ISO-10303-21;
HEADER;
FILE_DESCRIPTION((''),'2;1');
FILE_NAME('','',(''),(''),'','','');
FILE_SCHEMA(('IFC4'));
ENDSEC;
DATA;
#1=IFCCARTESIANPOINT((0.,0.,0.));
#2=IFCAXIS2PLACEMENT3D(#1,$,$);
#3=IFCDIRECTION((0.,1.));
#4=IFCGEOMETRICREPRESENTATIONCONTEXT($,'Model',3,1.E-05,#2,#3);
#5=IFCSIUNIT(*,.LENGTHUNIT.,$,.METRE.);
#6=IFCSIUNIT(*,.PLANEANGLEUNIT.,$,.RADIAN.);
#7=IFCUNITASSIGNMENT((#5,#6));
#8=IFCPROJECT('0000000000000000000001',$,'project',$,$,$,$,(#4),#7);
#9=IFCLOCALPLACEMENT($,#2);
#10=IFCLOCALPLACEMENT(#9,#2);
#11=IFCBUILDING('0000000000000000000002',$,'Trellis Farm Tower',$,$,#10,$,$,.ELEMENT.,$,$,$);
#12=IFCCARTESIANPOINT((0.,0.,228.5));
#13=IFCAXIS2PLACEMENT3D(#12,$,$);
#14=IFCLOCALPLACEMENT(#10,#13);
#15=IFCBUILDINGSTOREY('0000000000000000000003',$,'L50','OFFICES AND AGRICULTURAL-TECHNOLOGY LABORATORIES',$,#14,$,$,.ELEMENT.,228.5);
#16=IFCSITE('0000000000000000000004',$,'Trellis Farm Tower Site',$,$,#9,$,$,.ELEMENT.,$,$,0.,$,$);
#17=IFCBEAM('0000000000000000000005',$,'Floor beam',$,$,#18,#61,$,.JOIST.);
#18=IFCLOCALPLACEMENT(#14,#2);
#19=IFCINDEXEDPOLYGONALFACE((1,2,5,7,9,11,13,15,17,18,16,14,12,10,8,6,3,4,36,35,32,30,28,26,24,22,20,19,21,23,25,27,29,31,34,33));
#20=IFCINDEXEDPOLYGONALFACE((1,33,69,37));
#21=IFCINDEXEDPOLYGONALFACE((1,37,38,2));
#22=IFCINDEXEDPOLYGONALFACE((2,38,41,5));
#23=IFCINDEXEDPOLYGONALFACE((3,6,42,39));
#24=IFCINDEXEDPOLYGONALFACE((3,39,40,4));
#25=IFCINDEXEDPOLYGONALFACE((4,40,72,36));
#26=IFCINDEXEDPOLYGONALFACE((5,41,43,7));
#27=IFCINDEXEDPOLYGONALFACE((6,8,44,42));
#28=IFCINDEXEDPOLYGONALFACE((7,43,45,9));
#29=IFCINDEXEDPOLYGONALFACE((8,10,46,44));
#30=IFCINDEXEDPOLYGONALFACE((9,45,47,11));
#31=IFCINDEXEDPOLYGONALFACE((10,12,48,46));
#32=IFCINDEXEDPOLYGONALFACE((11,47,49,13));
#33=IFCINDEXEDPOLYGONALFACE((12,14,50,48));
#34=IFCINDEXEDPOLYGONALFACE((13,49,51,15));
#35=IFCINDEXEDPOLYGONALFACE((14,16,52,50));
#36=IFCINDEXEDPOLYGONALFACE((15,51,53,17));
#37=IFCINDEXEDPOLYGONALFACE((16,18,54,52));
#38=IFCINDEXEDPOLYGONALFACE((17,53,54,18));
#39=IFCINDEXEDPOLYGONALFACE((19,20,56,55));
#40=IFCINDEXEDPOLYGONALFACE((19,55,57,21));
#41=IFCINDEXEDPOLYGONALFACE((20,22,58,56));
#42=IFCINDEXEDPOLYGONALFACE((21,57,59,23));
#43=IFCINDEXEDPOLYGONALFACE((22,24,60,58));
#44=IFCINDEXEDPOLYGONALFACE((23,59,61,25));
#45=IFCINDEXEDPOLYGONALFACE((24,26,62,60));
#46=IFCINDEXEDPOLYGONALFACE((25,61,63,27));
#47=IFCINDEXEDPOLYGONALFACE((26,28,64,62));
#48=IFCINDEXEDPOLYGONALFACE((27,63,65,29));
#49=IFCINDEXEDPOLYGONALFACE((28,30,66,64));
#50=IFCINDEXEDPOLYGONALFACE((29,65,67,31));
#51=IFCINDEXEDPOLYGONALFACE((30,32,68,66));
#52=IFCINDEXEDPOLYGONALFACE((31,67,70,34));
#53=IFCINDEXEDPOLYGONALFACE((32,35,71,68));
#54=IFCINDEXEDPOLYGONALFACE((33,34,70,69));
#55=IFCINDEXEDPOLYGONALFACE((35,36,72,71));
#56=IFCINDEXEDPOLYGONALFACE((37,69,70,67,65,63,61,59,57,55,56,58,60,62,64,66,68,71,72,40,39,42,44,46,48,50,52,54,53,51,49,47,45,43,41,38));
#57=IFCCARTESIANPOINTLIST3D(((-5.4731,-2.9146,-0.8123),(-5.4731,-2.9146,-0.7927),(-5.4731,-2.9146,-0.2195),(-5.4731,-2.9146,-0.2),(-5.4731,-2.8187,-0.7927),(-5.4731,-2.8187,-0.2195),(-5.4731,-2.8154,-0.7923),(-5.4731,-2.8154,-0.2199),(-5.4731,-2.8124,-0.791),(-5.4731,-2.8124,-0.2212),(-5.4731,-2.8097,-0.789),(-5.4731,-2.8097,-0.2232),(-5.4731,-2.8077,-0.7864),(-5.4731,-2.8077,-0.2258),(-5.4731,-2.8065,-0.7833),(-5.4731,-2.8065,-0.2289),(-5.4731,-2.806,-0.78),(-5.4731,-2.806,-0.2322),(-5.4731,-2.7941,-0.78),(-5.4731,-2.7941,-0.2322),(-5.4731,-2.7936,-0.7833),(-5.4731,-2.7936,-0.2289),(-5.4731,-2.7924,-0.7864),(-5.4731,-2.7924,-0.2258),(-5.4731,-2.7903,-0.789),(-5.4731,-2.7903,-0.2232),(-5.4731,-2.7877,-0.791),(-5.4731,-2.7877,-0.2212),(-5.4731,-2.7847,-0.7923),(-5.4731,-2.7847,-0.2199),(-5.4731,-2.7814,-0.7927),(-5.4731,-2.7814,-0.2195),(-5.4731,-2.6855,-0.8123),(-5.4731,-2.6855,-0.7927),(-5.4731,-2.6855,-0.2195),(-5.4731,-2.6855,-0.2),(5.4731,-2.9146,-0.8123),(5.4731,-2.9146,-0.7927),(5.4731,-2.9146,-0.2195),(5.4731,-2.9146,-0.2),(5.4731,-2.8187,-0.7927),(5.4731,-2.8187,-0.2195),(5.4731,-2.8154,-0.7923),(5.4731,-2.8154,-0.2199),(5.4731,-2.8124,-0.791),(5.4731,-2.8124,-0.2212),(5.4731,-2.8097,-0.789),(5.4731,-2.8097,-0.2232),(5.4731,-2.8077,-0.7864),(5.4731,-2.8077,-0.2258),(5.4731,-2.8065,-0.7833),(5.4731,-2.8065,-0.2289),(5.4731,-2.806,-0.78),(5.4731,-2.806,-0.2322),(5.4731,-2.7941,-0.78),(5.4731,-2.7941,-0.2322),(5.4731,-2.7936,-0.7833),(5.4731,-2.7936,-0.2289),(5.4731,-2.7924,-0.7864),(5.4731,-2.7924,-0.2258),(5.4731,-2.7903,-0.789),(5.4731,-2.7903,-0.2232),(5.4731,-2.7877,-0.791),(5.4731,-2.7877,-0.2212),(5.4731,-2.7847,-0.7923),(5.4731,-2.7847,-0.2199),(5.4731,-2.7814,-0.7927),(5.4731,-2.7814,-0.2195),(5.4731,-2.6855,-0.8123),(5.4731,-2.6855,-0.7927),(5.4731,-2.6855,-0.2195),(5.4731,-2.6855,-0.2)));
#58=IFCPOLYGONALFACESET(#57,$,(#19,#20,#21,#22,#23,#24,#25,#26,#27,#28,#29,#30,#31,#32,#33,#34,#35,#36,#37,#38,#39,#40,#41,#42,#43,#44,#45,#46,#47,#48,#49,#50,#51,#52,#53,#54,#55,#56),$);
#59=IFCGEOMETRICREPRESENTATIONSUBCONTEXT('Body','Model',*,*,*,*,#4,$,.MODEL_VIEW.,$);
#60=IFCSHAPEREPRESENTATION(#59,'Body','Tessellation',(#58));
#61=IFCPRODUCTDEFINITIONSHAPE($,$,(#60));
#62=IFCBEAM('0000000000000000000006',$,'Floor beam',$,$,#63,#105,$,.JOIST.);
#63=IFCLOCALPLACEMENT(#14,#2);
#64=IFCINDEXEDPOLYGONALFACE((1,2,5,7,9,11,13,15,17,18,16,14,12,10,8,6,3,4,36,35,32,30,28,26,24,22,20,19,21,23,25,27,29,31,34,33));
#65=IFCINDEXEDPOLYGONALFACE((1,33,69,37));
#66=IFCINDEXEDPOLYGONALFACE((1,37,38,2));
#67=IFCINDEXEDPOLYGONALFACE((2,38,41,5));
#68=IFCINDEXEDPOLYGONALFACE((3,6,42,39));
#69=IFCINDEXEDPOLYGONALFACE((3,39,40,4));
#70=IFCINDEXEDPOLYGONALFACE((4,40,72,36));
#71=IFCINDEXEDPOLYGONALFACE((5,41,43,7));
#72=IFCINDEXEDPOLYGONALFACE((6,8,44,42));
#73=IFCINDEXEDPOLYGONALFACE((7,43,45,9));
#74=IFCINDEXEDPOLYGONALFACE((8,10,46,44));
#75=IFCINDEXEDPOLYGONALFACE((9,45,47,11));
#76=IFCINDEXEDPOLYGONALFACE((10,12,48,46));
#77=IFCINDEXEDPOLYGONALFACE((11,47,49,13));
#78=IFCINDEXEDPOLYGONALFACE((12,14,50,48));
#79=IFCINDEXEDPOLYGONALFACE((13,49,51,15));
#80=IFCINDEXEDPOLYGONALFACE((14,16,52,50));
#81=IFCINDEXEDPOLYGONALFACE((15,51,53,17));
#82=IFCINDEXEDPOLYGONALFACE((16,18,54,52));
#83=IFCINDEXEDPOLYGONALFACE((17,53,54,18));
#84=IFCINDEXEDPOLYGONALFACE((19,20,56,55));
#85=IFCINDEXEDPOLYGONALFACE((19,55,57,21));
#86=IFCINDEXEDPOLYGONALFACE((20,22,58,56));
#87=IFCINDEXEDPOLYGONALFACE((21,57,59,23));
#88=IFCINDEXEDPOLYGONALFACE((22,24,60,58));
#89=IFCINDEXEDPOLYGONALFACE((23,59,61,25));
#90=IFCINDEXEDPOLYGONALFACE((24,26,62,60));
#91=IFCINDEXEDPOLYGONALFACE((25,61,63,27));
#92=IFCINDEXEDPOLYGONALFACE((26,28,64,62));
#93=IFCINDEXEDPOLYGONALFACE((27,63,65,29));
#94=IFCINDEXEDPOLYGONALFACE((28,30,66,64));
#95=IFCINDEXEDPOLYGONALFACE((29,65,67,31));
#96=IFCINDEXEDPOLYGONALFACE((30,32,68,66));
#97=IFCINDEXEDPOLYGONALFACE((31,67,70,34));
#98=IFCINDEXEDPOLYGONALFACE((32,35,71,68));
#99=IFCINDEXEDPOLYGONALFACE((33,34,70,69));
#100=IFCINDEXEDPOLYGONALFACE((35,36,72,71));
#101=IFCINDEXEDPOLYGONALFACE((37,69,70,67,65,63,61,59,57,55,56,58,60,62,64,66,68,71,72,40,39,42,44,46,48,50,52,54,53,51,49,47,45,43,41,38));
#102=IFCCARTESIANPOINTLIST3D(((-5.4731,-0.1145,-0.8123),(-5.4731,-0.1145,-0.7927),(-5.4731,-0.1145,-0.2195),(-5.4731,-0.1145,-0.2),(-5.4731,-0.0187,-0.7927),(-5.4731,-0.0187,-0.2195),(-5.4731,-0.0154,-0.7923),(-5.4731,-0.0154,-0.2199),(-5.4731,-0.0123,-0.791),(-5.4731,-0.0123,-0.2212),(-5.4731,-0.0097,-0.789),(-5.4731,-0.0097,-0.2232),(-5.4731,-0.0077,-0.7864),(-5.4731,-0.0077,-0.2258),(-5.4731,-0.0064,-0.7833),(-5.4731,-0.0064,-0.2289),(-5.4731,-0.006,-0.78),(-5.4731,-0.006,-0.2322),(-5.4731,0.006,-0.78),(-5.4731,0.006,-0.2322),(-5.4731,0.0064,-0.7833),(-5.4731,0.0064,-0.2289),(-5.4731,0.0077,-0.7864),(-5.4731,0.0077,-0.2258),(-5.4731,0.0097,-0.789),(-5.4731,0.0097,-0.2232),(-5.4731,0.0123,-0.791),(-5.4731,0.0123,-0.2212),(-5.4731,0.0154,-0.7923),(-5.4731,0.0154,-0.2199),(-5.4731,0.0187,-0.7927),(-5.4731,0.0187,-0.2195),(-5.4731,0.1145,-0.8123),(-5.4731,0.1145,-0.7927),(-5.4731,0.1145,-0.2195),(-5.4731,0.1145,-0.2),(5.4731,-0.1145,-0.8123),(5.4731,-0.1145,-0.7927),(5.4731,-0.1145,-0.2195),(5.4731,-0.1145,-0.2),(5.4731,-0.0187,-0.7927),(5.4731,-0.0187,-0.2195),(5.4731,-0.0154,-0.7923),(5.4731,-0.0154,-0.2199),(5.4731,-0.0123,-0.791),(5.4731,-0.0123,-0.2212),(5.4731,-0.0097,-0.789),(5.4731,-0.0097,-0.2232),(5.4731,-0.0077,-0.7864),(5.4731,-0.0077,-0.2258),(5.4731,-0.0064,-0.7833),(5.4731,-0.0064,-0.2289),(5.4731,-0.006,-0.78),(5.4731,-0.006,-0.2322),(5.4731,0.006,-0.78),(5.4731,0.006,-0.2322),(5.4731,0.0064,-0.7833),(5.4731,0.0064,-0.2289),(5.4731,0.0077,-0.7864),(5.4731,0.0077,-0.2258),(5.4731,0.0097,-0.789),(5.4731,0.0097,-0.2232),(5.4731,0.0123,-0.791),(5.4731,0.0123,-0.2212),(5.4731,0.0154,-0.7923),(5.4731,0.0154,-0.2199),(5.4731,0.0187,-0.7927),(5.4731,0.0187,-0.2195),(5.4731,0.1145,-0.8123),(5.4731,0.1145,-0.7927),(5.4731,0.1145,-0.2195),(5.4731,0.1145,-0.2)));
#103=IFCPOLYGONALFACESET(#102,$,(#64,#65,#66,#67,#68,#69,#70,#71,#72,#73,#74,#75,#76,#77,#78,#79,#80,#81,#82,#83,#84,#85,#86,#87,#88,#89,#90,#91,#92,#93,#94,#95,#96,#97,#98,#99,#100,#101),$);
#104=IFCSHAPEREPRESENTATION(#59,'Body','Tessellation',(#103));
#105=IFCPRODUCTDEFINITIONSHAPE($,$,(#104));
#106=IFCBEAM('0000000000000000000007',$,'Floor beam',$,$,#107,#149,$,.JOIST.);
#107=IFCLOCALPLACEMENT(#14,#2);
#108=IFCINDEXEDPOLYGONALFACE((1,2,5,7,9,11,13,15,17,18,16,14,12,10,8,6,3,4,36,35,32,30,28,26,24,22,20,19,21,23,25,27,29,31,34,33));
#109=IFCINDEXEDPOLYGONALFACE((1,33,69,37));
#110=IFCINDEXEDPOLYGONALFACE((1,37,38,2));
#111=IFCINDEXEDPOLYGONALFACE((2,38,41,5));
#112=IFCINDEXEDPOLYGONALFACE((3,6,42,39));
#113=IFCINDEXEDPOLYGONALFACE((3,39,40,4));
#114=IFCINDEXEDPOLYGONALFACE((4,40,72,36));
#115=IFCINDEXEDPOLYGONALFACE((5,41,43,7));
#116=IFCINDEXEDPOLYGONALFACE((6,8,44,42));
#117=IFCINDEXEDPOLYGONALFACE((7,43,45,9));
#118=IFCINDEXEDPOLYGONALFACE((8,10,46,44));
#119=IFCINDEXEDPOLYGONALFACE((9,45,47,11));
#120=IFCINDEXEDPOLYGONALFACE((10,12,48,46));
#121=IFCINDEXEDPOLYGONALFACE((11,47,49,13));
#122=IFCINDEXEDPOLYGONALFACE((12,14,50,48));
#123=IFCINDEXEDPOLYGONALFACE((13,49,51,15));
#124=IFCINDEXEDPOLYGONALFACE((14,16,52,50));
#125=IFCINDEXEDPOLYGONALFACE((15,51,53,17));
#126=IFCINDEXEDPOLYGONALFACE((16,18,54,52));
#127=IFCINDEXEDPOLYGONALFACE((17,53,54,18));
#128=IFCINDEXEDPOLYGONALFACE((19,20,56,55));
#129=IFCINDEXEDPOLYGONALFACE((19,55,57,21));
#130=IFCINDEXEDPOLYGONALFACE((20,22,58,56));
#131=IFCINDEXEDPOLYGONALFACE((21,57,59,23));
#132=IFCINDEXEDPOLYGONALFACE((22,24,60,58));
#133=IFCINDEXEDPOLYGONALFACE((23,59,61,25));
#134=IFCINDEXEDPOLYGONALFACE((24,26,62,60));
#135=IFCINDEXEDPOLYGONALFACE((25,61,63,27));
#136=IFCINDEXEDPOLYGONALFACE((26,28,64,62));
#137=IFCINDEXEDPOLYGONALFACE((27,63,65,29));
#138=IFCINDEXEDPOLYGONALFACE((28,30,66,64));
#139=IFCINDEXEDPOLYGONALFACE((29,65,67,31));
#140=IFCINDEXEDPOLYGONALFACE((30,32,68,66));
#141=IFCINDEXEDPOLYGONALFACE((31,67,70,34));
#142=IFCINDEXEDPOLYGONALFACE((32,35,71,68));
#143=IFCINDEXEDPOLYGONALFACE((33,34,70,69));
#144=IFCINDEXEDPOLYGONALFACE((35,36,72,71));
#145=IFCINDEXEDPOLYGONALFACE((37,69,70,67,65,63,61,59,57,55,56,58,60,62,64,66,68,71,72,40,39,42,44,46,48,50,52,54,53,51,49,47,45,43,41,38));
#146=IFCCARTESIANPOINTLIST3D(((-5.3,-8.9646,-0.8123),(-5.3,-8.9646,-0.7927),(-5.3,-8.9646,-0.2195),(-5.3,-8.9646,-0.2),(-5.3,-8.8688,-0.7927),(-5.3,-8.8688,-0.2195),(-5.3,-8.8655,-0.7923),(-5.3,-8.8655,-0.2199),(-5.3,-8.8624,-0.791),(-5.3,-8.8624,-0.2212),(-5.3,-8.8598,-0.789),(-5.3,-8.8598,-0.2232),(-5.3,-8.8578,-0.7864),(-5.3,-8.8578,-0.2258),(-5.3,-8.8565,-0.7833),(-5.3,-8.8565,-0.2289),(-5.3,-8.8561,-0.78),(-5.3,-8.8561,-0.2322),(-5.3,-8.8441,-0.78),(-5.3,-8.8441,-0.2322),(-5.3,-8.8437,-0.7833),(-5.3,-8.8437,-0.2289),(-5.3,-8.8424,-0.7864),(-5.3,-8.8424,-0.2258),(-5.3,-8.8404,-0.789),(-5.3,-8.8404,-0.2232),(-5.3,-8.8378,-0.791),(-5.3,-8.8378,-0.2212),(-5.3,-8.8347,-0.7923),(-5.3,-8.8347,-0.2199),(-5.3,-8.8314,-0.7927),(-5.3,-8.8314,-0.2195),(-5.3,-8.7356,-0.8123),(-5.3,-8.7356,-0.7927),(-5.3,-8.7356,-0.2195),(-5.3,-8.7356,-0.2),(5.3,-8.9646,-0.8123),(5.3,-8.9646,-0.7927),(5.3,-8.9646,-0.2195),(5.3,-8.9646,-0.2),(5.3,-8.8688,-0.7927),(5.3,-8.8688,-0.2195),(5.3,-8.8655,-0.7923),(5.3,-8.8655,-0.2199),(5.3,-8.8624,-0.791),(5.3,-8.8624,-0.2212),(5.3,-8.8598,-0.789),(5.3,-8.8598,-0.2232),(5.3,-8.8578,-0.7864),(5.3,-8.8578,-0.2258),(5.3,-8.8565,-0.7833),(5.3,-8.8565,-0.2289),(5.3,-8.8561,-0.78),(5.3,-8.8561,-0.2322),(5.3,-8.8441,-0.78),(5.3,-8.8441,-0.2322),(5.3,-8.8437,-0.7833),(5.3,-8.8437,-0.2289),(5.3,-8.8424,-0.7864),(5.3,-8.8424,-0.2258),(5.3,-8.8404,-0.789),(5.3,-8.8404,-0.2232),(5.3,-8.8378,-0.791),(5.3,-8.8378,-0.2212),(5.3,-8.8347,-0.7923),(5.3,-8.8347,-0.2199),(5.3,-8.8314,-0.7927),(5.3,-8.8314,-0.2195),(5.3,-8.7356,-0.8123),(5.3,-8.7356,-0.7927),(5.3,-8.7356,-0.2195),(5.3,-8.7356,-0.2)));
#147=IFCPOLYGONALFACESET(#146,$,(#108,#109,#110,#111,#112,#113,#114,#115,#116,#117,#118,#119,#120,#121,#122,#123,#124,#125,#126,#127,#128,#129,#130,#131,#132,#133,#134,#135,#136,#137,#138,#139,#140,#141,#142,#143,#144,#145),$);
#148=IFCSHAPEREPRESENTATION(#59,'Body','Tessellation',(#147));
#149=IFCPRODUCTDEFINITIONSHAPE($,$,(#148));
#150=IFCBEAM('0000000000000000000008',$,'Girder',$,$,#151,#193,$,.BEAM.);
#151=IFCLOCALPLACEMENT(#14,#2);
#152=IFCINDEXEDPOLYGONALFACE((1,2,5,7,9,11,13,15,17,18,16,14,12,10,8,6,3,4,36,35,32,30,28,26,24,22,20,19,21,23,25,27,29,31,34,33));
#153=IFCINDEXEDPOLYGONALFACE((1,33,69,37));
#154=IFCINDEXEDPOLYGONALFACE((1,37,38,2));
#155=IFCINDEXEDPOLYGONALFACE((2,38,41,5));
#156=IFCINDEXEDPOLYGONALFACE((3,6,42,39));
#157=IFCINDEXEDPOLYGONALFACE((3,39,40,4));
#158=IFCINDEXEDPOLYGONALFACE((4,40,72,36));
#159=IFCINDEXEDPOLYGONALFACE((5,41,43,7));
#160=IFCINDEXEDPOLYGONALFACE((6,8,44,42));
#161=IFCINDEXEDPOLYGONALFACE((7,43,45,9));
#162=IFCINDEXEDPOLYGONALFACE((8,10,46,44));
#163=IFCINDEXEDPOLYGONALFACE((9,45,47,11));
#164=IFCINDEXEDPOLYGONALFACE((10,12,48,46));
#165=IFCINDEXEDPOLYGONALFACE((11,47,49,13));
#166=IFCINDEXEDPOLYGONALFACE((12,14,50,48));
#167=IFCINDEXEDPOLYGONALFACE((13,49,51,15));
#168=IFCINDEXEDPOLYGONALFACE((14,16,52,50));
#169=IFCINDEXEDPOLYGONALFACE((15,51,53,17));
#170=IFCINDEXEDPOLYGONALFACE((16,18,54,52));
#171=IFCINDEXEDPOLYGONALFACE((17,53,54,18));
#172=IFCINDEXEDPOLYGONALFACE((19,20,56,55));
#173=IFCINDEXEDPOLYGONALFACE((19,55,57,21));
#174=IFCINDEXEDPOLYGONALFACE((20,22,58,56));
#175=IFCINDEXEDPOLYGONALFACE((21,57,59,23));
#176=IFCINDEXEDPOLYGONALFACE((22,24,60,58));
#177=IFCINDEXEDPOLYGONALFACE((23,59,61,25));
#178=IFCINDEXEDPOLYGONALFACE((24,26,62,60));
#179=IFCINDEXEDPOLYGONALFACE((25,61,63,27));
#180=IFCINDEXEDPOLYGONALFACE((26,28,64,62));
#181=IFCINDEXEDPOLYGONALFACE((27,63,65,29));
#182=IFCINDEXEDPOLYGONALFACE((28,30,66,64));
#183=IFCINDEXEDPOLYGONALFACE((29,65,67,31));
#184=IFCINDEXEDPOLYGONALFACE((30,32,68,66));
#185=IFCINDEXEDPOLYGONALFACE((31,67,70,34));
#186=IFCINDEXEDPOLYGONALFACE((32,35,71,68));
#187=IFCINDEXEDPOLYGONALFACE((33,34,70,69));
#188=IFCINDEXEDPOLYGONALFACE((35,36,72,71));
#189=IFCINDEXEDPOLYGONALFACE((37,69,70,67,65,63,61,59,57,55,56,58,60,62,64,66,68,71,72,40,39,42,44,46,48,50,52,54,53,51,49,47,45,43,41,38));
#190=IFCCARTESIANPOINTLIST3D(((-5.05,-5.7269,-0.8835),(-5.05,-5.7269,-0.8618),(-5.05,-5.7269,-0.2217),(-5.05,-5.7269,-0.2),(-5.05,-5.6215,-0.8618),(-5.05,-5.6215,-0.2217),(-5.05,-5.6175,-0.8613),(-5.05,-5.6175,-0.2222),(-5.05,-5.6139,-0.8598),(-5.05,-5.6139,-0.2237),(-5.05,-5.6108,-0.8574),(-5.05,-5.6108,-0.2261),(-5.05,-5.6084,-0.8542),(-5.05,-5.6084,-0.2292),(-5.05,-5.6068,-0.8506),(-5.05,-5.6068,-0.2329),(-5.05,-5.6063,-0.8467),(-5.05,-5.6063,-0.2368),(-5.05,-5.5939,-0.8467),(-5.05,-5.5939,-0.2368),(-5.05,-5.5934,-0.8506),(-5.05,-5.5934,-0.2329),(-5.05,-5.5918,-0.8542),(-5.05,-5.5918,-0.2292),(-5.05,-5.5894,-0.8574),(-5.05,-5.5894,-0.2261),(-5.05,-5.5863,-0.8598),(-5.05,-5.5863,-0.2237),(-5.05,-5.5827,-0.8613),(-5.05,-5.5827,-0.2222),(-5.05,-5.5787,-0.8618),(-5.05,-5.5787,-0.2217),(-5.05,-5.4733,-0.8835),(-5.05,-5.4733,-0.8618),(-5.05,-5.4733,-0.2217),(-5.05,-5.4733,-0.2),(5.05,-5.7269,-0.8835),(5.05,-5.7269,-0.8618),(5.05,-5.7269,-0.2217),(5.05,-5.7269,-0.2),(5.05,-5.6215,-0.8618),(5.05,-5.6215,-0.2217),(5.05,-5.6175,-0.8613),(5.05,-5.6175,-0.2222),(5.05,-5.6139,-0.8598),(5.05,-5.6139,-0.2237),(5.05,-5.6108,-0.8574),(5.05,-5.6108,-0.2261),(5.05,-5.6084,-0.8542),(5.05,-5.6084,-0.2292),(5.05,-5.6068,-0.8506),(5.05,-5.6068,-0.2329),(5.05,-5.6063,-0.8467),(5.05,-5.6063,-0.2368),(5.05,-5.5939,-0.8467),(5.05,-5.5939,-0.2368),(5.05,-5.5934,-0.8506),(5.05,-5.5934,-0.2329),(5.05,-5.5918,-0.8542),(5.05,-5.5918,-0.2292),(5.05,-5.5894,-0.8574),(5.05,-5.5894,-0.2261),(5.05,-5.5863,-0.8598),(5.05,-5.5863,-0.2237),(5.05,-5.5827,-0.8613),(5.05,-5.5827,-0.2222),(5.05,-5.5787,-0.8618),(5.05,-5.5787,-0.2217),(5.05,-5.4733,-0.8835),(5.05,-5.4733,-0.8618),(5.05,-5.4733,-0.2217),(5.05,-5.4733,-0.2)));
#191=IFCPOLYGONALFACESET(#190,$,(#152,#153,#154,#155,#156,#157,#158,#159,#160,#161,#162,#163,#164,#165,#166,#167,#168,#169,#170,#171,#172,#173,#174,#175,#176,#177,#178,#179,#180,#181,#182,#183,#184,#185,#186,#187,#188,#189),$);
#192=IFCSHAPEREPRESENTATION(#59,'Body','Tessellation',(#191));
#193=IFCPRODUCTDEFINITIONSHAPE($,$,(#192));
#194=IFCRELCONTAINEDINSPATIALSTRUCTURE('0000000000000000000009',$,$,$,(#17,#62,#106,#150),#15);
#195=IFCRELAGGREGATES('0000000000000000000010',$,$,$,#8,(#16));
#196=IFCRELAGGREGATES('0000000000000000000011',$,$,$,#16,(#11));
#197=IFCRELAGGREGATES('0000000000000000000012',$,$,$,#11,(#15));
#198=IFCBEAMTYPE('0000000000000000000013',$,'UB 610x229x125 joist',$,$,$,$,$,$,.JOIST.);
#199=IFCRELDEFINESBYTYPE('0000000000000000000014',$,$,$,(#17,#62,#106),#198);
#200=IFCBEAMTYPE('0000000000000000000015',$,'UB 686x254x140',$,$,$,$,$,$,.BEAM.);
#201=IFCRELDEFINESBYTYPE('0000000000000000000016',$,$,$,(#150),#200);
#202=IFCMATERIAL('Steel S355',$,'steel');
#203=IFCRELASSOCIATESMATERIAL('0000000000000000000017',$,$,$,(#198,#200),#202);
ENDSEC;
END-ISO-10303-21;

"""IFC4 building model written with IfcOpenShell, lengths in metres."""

from ifc_helpers import new_model, si_unit, direction, frame, origin, origin_2d, place, context, subcontext, project, spatial, i_section, extrude, source, transform, mapped, material, material_profile, profile_set, type_object, element, save


model = new_model("IFC4")

# Units and contexts
model_context = context("Model", 3, precision=1e-05, world=origin(), true_north=direction((0.0, 1.0)))
body_context = subcontext(model_context, "Body", "Model", "MODEL_VIEW")
ifc_project = project(units=[si_unit("LENGTHUNIT", "METRE"), si_unit("PLANEANGLEUNIT", "RADIAN")], contexts=[model_context])

# Site, building, storey
site_placement = place(None, origin())
site = spatial("IfcSite", under=ifc_project, at=site_placement, Name="Trellis Farm Tower Site", CompositionType="ELEMENT", RefElevation=0.0)
building_placement = place(site_placement, origin())
building = spatial("IfcBuilding", under=site, at=building_placement, Name="Trellis Farm Tower", CompositionType="ELEMENT")
storey_placement = place(building_placement, frame((0.0, 0.0, 228.5)))
storey = spatial("IfcBuildingStorey", under=building, at=storey_placement, Name="L50", Description="OFFICES AND AGRICULTURAL-TECHNOLOGY LABORATORIES", CompositionType="ELEMENT", Elevation=228.5)

# Beams
ifc_material_1 = material(Name="Steel S355", Category="steel")
ifc_material_profile_1 = material_profile(ifc_material_1, i_section(OverallWidth=0.229, OverallDepth=0.6123, WebThickness=0.012, FlangeThickness=0.0195, FilletRadius=0.0127, at=origin_2d()), Name="UB 610x229x125")
ifc_profile_set_1 = profile_set([ifc_material_profile_1], Name="Steel S355")
beam_type_1 = type_object("IfcBeamType", Name="UB 610x229x125 joist", PredefinedType="JOIST", material=ifc_profile_set_1)
shared_shape_1 = source(origin(), body_context, "Body", "SweptSolid", [
    extrude(i_section(OverallWidth=0.229, OverallDepth=0.6123, WebThickness=0.012, FlangeThickness=0.0195, FilletRadius=0.0127, at=origin_2d()), origin(), (0.0, 0.0, 1.0), 10.9463),
])
for number, where, z_axis, x_axis, name in (
    (1, (-5.4731, -2.8, -0.5061), (1.0, 0.0, 0.0), (0.0, 1.0, 0.0), "Floor beam"),
    (2, (-5.4731, 0.0, -0.5061), (1.0, 0.0, 0.0), (0.0, 1.0, 0.0), "Floor beam"),
):
    element("IfcBeam", number, at=place(storey_placement, frame(where, z_axis=z_axis, x_axis=x_axis)), inside=storey, type_object=beam_type_1, Name=name, PredefinedType="JOIST", context=body_context, shape_type="MappedRepresentation", body=[
        mapped(shared_shape_1, transform((0.0, 0.0, 0.0))),
    ])
shared_shape_2 = source(origin(), body_context, "Body", "SweptSolid", [
    extrude(i_section(OverallWidth=0.229, OverallDepth=0.6123, WebThickness=0.012, FlangeThickness=0.0195, FilletRadius=0.0127, at=origin_2d()), origin(), (0.0, 0.0, 1.0), 10.6001),
])
beam_1_placement = place(storey_placement, frame((-5.3, -8.8501, -0.5061), z_axis=(1.0, 0.0, 0.0), x_axis=(0.0, 1.0, 0.0)))
element("IfcBeam", 3, at=beam_1_placement, inside=storey, type_object=beam_type_1, Name="Floor beam", PredefinedType="JOIST", context=body_context, shape_type="MappedRepresentation", body=[
    mapped(shared_shape_2, transform((0.0, 0.0, 0.0))),
])
ifc_material_profile_2 = material_profile(ifc_material_1, i_section(OverallWidth=0.2537, OverallDepth=0.6836, WebThickness=0.0125, FlangeThickness=0.0217, FilletRadius=0.0151, at=origin_2d()), Name="UB 686x254x140")
ifc_profile_set_2 = profile_set([ifc_material_profile_2], Name="Steel S355")
beam_type_2 = type_object("IfcBeamType", Name="UB 686x254x140", PredefinedType="BEAM", material=ifc_profile_set_2)
shared_shape_3 = source(origin(), body_context, "Body", "SweptSolid", [
    extrude(i_section(OverallWidth=0.2537, OverallDepth=0.6836, WebThickness=0.0125, FlangeThickness=0.0217, FilletRadius=0.0151, at=origin_2d()), origin(), (0.0, 0.0, 1.0), 10.1001),
])
beam_2_placement = place(storey_placement, frame((-5.05, -5.6001, -0.5417), z_axis=(1.0, 0.0, 0.0), x_axis=(0.0, 1.0, 0.0)))
element("IfcBeam", 4, at=beam_2_placement, inside=storey, type_object=beam_type_2, Name="Girder", PredefinedType="BEAM", context=body_context, shape_type="MappedRepresentation", body=[
    mapped(shared_shape_3, transform((0.0, 0.0, 0.0))),
])

save(model, "model.ifc")
